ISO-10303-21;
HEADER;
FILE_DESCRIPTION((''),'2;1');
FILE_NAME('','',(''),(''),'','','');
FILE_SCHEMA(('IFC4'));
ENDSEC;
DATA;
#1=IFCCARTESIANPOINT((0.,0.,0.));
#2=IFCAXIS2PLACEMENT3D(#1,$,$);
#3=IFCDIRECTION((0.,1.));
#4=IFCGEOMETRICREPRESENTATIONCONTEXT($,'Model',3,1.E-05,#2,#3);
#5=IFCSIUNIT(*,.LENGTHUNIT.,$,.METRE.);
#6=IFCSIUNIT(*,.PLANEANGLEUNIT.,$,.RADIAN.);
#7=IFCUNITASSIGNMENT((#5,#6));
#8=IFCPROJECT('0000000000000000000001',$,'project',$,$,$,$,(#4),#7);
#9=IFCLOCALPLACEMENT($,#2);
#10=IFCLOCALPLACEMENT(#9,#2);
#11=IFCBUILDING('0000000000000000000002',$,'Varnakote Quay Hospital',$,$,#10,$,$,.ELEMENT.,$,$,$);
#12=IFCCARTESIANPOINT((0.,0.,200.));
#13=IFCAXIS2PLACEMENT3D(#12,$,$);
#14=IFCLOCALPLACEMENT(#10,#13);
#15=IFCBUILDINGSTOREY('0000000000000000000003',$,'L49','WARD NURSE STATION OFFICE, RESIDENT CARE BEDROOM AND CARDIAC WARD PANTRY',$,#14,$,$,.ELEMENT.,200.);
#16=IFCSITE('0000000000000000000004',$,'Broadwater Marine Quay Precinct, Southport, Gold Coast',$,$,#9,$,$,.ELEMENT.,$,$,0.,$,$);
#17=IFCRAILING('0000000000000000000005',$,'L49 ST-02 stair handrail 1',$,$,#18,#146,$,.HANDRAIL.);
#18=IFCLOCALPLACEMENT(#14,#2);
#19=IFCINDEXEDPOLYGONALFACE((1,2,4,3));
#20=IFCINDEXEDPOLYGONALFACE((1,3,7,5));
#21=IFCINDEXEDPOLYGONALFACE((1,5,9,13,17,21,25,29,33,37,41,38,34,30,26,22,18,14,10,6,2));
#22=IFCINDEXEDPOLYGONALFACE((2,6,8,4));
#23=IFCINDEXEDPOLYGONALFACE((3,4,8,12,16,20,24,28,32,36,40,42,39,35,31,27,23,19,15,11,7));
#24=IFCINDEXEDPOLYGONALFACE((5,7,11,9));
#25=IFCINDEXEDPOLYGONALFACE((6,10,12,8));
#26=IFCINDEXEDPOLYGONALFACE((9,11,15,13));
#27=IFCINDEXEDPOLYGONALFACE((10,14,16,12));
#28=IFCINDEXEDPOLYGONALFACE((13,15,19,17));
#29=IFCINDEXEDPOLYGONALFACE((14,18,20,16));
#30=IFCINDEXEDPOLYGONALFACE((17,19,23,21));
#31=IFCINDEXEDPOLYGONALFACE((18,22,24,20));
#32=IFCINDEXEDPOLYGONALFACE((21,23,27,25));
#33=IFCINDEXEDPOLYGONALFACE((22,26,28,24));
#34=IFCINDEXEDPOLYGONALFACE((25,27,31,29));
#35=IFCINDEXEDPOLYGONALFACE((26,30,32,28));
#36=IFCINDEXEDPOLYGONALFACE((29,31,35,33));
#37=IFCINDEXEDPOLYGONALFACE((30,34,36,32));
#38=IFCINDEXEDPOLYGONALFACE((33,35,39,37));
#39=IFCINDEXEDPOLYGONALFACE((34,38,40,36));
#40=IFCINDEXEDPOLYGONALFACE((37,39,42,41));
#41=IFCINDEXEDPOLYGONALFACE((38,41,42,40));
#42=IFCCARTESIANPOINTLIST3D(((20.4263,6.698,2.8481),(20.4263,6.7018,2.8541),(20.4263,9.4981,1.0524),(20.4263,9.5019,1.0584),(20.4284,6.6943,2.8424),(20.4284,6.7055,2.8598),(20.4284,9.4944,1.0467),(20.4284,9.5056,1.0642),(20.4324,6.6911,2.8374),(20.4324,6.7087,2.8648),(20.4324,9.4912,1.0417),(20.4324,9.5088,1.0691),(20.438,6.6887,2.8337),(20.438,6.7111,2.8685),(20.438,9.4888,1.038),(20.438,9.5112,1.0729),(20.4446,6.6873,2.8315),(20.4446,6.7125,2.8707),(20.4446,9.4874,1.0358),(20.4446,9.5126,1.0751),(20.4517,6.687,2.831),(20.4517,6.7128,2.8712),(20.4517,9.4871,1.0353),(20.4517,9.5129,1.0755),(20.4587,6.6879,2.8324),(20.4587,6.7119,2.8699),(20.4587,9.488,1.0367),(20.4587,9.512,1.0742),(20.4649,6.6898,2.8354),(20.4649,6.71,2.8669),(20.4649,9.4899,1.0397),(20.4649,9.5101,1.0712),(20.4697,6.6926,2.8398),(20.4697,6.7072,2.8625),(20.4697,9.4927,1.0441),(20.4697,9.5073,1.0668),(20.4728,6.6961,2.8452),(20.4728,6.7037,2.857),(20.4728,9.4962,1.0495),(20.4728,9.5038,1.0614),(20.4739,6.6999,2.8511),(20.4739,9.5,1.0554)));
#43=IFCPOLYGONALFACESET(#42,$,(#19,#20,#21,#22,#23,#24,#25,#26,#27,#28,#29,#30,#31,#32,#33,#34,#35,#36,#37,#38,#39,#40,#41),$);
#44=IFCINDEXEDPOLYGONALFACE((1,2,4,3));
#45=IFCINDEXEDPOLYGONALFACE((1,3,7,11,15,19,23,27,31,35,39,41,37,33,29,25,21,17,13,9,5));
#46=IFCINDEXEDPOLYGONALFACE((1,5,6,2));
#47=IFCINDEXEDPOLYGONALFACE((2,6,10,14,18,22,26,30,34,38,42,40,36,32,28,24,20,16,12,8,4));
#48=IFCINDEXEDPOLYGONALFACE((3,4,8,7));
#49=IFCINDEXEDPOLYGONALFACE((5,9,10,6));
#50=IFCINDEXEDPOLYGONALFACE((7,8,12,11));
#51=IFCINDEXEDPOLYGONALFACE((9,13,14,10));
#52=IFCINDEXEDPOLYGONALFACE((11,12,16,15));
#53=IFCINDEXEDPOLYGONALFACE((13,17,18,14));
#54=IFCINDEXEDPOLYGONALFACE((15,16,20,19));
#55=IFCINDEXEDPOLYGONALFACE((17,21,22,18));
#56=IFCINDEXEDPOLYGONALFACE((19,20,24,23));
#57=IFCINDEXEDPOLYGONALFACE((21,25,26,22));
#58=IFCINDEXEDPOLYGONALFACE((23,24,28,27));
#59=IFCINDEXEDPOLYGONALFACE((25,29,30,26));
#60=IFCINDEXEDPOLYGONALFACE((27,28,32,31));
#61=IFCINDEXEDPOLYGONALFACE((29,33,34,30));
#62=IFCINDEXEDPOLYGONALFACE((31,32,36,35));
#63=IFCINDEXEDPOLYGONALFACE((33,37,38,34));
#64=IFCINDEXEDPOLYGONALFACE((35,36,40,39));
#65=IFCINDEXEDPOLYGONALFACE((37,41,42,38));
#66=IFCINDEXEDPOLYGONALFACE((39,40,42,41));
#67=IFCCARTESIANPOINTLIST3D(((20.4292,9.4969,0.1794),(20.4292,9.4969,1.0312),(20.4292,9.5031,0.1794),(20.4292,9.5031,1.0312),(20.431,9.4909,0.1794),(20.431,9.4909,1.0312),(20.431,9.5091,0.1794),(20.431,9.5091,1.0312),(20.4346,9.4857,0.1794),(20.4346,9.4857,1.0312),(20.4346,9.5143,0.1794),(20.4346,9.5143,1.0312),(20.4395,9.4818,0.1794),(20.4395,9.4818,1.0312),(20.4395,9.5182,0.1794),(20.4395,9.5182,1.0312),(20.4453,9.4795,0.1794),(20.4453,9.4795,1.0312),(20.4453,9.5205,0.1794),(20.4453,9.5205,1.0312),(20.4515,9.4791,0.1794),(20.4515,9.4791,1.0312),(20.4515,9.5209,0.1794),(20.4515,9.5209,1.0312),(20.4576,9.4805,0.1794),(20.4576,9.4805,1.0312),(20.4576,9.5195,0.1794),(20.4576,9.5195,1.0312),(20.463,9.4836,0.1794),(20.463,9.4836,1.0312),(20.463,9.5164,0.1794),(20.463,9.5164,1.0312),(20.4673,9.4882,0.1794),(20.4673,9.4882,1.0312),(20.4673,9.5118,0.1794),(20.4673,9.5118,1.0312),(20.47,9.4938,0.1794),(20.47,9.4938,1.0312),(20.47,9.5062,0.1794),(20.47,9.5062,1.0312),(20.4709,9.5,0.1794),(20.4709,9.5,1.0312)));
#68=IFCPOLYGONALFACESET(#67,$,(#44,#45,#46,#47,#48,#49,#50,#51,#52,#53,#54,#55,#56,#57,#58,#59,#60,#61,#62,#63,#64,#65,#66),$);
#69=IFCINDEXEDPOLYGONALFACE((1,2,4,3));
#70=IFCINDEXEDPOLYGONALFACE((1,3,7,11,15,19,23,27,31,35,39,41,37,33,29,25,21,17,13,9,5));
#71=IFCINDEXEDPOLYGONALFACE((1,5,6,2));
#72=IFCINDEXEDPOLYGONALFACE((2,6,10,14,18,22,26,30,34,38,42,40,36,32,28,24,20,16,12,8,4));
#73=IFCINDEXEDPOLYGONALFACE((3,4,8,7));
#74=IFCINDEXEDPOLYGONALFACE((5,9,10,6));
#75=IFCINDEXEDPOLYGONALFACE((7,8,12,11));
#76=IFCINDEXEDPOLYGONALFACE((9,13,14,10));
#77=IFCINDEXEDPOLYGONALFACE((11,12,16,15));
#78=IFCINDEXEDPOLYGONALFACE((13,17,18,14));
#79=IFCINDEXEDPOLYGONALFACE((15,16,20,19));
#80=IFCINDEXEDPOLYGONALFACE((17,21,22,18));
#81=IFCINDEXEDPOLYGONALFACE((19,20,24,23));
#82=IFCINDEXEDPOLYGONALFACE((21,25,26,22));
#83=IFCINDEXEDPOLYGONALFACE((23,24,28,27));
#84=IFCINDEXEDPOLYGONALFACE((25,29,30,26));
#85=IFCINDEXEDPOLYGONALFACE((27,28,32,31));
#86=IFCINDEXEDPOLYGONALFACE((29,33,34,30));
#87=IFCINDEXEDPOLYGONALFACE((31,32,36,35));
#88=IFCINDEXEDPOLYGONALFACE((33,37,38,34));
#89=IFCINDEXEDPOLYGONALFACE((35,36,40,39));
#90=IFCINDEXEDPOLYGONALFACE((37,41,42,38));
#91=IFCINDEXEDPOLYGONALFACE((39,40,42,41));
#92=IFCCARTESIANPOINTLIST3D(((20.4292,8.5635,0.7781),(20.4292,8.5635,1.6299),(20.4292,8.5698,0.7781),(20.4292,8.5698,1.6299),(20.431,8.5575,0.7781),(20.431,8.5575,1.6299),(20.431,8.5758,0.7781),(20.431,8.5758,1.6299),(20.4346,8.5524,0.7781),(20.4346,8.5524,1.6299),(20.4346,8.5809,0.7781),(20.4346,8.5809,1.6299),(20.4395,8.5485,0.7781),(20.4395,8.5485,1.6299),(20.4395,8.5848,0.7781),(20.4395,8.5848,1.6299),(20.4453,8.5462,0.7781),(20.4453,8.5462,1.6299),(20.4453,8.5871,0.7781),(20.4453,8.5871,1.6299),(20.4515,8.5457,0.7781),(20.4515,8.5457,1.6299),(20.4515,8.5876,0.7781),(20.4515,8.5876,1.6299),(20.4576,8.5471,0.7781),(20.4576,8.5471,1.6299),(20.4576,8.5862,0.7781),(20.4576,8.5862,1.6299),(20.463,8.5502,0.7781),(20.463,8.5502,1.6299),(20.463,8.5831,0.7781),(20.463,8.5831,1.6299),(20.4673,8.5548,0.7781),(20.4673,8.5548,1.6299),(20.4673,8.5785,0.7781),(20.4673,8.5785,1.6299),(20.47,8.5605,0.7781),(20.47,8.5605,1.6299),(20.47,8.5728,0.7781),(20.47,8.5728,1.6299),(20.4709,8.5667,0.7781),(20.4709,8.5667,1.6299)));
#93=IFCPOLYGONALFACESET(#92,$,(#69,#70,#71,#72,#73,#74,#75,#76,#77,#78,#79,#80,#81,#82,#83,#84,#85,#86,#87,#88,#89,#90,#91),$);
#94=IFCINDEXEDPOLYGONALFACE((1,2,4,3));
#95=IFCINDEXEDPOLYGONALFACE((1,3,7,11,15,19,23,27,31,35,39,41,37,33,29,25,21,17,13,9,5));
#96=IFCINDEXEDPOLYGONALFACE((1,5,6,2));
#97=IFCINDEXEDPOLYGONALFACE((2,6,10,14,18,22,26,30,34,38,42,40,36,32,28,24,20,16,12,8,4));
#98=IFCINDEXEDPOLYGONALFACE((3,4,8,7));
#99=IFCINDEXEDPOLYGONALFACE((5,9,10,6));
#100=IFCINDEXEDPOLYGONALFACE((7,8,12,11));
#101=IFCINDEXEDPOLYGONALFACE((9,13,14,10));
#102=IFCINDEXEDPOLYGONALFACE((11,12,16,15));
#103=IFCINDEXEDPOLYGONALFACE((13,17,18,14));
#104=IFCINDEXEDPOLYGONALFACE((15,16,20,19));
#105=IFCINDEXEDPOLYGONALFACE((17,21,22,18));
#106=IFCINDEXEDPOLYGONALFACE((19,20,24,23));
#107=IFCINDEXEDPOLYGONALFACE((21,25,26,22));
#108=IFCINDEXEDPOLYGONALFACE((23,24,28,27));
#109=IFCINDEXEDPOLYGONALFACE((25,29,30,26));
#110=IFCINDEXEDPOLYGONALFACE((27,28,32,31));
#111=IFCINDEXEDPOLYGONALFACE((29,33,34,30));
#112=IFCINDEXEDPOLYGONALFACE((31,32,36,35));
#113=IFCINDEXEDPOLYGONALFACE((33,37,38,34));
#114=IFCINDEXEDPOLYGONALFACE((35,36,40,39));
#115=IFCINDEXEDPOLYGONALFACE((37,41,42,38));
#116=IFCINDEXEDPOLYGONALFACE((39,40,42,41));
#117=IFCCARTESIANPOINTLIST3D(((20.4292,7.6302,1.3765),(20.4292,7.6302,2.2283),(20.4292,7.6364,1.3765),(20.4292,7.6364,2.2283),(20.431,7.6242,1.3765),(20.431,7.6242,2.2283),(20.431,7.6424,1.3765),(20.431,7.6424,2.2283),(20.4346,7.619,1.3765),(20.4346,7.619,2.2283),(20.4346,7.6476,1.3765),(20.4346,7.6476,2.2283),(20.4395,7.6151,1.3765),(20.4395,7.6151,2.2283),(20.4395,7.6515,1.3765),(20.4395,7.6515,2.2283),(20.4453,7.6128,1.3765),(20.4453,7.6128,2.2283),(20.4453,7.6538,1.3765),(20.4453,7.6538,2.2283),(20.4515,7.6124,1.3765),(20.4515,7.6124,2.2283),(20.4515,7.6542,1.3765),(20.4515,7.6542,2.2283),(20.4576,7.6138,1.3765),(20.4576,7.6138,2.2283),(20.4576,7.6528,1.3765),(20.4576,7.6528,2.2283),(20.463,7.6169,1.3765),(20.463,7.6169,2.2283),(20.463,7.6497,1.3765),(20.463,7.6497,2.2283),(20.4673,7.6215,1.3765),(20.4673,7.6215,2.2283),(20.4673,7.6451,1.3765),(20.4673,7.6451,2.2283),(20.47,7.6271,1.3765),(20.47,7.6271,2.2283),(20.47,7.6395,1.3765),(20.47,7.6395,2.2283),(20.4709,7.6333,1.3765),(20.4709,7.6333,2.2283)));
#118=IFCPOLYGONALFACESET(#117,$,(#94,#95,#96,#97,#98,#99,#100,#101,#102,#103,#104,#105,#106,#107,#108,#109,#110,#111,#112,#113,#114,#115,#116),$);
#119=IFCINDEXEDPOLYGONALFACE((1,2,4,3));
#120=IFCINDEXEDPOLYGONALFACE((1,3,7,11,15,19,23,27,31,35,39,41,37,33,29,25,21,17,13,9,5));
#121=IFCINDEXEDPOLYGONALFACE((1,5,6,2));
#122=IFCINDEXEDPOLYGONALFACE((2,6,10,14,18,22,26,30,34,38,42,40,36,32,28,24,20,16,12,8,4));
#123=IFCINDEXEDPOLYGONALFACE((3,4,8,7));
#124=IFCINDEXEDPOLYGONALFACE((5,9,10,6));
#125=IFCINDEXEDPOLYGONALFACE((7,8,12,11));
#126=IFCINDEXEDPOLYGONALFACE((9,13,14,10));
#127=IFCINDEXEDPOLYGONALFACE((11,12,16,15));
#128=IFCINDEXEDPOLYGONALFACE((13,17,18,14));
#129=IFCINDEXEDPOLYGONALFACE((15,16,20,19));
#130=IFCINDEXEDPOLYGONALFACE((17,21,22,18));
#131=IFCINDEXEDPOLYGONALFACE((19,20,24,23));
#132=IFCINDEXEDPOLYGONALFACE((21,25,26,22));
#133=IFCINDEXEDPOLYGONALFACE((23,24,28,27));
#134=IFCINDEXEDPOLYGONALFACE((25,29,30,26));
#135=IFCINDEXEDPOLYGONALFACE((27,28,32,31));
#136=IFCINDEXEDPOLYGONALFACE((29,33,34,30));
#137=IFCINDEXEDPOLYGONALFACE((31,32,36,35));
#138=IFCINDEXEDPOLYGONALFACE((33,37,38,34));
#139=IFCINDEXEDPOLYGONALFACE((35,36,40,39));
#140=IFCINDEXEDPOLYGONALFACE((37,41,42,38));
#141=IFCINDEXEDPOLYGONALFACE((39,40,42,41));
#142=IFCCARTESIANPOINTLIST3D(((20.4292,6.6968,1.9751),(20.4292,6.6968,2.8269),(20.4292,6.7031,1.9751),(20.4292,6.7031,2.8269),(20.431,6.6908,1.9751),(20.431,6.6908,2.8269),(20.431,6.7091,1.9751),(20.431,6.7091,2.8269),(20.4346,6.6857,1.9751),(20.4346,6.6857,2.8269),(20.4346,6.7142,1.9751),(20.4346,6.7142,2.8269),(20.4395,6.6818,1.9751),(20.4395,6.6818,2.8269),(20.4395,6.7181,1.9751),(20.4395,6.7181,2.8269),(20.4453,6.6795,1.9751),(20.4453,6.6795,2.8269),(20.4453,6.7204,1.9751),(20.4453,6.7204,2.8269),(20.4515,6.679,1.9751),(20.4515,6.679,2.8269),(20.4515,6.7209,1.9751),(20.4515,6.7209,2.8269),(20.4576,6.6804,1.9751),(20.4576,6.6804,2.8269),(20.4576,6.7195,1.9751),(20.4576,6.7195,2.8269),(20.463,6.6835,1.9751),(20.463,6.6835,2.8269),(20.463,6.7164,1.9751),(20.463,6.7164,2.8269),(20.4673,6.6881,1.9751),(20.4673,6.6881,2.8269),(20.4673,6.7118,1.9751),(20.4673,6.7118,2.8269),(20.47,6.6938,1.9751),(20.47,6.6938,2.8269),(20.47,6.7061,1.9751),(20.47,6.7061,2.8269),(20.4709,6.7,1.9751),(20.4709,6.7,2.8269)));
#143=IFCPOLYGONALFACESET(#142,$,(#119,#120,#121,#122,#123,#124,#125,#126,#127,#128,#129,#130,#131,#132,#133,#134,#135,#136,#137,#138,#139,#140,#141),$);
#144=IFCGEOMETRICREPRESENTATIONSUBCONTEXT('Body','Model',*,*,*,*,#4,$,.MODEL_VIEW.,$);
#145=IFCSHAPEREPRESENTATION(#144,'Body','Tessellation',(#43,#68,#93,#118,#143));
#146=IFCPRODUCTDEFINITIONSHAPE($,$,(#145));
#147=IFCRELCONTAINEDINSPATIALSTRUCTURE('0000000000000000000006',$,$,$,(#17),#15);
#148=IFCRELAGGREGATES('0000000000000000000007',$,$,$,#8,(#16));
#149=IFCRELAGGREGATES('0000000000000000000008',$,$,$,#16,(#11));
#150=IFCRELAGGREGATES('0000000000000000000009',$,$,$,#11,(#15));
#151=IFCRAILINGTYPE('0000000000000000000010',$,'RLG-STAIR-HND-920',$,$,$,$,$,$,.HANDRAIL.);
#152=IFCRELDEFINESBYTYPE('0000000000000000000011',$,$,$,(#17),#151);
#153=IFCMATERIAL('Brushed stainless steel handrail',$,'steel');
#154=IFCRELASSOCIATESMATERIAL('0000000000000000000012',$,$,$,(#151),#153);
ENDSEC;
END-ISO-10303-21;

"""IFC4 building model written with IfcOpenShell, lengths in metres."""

from ifc_helpers import new_model, si_unit, direction, frame, origin, origin_2d, place, context, subcontext, project, spatial, circle, extrude, material, type_object, element, save


model = new_model("IFC4")

# Units and contexts
model_context = context("Model", 3, precision=1e-05, world=origin(), true_north=direction((0.0, 1.0)))
body_context = subcontext(model_context, "Body", "Model", "MODEL_VIEW")
ifc_project = project(units=[si_unit("LENGTHUNIT", "METRE"), si_unit("PLANEANGLEUNIT", "RADIAN")], contexts=[model_context])

# Site, building, storey
site_placement = place(None, origin())
site = spatial("IfcSite", under=ifc_project, at=site_placement, Name="Broadwater Marine Quay Precinct, Southport, Gold Coast", CompositionType="ELEMENT", RefElevation=0.0)
building_placement = place(site_placement, origin())
building = spatial("IfcBuilding", under=site, at=building_placement, Name="Varnakote Quay Hospital", CompositionType="ELEMENT")
storey_placement = place(building_placement, frame((0.0, 0.0, 200.0)))
storey = spatial("IfcBuildingStorey", under=building, at=storey_placement, Name="L49", Description="WARD NURSE STATION OFFICE, RESIDENT CARE BEDROOM AND CARDIAC WARD PANTRY", CompositionType="ELEMENT", Elevation=200.0)

# Railing
ifc_material_1 = material(Name="Brushed stainless steel handrail", Category="steel")
railing_type_1 = type_object("IfcRailingType", Name="RLG-STAIR-HND-920", PredefinedType="HANDRAIL", material=ifc_material_1)
railing_1_placement = place(storey_placement, frame((20.45, 9.5, 0.1794)))
element("IfcRailing", 1, at=railing_1_placement, inside=storey, type_object=railing_type_1, Name="L49 ST-02 stair handrail 1", PredefinedType="HANDRAIL", context=body_context, shape_type="SweptSolid", body=[
    extrude(circle(Radius=0.0239, at=origin_2d()), frame((0.0, 0.0, 0.876), z_axis=(0.0, -0.841777, 0.539826), x_axis=(1.0, 0.0, 0.0)), (0.0, 0.0, 1.0), 3.3264),
    extrude(circle(Radius=0.021, at=origin_2d()), origin(), (0.0, 0.0, 1.0), 0.8518),
    extrude(circle(Radius=0.021, at=origin_2d()), frame((0.0, -0.9333, 0.5986)), (0.0, 0.0, 1.0), 0.8518),
    extrude(circle(Radius=0.021, at=origin_2d()), frame((0.0, -1.8667, 1.197)), (0.0, 0.0, 1.0), 0.8518),
    extrude(circle(Radius=0.021, at=origin_2d()), frame((0.0, -2.8, 1.7957)), (0.0, 0.0, 1.0), 0.8518),
])

save(model, "model.ifc")
